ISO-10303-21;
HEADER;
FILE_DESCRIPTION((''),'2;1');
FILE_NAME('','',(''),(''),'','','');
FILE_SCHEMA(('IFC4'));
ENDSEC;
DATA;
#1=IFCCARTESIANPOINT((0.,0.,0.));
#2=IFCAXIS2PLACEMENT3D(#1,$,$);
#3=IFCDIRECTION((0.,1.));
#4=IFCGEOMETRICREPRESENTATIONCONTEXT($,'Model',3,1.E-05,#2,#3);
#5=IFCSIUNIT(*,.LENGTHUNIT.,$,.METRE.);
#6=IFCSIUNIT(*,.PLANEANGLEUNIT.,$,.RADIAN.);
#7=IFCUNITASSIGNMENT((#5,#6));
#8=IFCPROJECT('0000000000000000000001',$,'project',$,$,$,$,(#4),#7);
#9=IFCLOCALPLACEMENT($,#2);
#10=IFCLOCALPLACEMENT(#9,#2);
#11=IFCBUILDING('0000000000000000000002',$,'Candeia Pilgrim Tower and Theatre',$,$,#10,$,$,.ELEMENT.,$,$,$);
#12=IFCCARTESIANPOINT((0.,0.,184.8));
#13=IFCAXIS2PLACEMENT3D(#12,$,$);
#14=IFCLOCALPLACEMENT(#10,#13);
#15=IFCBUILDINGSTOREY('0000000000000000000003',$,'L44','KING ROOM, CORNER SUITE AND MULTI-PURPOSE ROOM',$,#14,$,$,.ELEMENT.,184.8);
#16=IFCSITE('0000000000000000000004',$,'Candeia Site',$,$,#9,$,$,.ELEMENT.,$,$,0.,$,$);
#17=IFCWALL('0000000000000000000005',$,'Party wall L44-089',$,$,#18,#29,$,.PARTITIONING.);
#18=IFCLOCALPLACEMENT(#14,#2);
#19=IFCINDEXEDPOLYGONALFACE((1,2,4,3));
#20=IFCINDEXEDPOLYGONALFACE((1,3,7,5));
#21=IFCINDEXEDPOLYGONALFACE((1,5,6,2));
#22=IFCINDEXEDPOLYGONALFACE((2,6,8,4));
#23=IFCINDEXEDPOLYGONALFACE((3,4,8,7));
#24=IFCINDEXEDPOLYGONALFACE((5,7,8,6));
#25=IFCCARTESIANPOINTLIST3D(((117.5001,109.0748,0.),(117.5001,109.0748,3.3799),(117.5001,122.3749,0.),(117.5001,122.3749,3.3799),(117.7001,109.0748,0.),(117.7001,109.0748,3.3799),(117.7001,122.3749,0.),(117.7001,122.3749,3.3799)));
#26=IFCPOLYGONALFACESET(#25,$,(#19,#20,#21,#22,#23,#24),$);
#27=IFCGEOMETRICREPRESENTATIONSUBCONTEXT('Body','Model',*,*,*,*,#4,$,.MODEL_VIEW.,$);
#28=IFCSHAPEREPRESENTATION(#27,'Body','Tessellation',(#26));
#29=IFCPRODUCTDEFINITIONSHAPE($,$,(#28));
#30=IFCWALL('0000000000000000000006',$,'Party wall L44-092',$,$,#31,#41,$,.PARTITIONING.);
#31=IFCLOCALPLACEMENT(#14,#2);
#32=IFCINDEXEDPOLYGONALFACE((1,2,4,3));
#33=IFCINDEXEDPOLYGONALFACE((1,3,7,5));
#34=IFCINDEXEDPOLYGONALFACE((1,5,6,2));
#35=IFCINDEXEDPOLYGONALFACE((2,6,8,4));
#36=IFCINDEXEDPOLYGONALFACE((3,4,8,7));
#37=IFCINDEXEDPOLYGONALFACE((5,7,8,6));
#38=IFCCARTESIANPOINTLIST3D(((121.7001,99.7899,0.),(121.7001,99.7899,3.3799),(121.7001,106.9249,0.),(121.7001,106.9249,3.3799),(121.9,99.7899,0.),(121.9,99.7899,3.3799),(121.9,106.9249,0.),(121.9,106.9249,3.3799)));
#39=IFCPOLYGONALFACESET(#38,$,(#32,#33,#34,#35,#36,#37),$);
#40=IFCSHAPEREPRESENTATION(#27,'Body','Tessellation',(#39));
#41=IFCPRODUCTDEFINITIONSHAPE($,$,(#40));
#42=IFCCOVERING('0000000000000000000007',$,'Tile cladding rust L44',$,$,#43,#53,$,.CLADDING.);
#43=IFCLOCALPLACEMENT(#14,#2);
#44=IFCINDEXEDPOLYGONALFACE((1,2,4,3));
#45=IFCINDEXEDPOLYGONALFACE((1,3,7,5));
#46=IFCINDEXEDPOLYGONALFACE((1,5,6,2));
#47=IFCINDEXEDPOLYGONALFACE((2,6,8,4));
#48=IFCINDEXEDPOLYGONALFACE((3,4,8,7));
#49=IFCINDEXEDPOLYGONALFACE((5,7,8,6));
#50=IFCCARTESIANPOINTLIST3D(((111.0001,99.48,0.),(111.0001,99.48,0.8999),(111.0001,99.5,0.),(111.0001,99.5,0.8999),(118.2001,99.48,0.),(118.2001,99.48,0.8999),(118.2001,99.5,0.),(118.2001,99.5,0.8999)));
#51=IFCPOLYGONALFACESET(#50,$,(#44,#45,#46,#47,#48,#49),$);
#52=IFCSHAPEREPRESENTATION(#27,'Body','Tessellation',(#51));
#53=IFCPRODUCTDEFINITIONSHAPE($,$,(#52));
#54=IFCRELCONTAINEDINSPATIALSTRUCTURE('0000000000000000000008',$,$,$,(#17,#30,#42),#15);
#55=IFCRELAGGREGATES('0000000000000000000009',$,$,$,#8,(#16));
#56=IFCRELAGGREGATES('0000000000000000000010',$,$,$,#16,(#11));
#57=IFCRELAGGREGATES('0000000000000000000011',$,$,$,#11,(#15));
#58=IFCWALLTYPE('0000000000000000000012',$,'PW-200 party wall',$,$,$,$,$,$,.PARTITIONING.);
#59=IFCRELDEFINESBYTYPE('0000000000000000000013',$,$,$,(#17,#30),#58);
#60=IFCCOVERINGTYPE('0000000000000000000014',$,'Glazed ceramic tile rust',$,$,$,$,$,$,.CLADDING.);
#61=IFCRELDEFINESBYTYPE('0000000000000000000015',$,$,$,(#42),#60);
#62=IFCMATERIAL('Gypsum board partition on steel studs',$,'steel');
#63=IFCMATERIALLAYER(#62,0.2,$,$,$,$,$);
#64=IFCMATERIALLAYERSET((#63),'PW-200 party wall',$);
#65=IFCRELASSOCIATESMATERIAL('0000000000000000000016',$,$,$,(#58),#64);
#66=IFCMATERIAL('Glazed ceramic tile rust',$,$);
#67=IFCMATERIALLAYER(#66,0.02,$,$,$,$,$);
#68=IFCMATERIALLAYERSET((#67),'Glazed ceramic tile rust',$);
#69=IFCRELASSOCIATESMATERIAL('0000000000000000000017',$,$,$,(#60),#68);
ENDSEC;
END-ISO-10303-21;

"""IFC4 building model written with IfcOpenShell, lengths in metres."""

from ifc_helpers import new_model, si_unit, direction, frame, frame_2d, origin, origin_2d, place, context, subcontext, project, spatial, rectangle, extrude, material, layer, layer_set, type_object, element, save


model = new_model("IFC4")

# Units and contexts
model_context = context("Model", 3, precision=1e-05, world=origin(), true_north=direction((0.0, 1.0)))
body_context = subcontext(model_context, "Body", "Model", "MODEL_VIEW")
ifc_project = project(units=[si_unit("LENGTHUNIT", "METRE"), si_unit("PLANEANGLEUNIT", "RADIAN")], contexts=[model_context])

# Site, building, storey
site_placement = place(None, origin())
site = spatial("IfcSite", under=ifc_project, at=site_placement, Name="Candeia Site", CompositionType="ELEMENT", RefElevation=0.0)
building_placement = place(site_placement, origin())
building = spatial("IfcBuilding", under=site, at=building_placement, Name="Candeia Pilgrim Tower and Theatre", CompositionType="ELEMENT")
storey_placement = place(building_placement, frame((0.0, 0.0, 184.8)))
storey = spatial("IfcBuildingStorey", under=building, at=storey_placement, Name="L44", Description="KING ROOM, CORNER SUITE AND MULTI-PURPOSE ROOM", CompositionType="ELEMENT", Elevation=184.8)

# Shared definitions
ifc_material_1 = material(Name="Gypsum board partition on steel studs", Category="steel")

# Walls
ifc_layer_1 = layer(ifc_material_1, 0.2)
ifc_layer_set_1 = layer_set([ifc_layer_1], Name="PW-200 party wall")
wall_type_1 = type_object("IfcWallType", Name="PW-200 party wall", PredefinedType="PARTITIONING", material=ifc_layer_set_1)
wall_1_placement = place(storey_placement, frame((117.6001, 109.075, 0.0), z_axis=(0.0, 0.0, 1.0), x_axis=(0.0, 1.0, 0.0)))
element("IfcWall", 1, at=wall_1_placement, inside=storey, type_object=wall_type_1, Name="Party wall L44-089", PredefinedType="PARTITIONING", context=body_context, shape_type="SweptSolid", body=[
    extrude(rectangle(XDim=13.3, YDim=0.2, at=frame_2d((6.6499, 0.0))), origin(), (0.0, 0.0, 1.0), 3.3799),
])
wall_2_placement = place(storey_placement, frame((121.8, 99.79, 0.0), z_axis=(0.0, 0.0, 1.0), x_axis=(0.0, 1.0, 0.0)))
element("IfcWall", 2, at=wall_2_placement, inside=storey, type_object=wall_type_1, Name="Party wall L44-092", PredefinedType="PARTITIONING", context=body_context, shape_type="SweptSolid", body=[
    extrude(rectangle(XDim=7.135, YDim=0.2, at=frame_2d((3.5674, 0.0))), origin(), (0.0, 0.0, 1.0), 3.3799),
])

# Covering
ifc_material_2 = material(Name="Glazed ceramic tile rust")
ifc_layer_2 = layer(ifc_material_2, 0.02)
ifc_layer_set_2 = layer_set([ifc_layer_2], Name="Glazed ceramic tile rust")
covering_type = type_object("IfcCoveringType", Name="Glazed ceramic tile rust", PredefinedType="CLADDING", material=ifc_layer_set_2)
covering_placement = place(storey_placement, frame((114.6001, 99.49, 0.0), z_axis=(0.0, 0.0, 1.0), x_axis=(1.0, 0.0, 0.0)))
element("IfcCovering", 3, at=covering_placement, inside=storey, type_object=covering_type, Name="Tile cladding rust L44", PredefinedType="CLADDING", context=body_context, shape_type="SweptSolid", body=[
    extrude(rectangle(XDim=7.2, YDim=0.02, at=origin_2d()), origin(), (0.0, 0.0, 1.0), 0.8999),
])

save(model, "model.ifc")
